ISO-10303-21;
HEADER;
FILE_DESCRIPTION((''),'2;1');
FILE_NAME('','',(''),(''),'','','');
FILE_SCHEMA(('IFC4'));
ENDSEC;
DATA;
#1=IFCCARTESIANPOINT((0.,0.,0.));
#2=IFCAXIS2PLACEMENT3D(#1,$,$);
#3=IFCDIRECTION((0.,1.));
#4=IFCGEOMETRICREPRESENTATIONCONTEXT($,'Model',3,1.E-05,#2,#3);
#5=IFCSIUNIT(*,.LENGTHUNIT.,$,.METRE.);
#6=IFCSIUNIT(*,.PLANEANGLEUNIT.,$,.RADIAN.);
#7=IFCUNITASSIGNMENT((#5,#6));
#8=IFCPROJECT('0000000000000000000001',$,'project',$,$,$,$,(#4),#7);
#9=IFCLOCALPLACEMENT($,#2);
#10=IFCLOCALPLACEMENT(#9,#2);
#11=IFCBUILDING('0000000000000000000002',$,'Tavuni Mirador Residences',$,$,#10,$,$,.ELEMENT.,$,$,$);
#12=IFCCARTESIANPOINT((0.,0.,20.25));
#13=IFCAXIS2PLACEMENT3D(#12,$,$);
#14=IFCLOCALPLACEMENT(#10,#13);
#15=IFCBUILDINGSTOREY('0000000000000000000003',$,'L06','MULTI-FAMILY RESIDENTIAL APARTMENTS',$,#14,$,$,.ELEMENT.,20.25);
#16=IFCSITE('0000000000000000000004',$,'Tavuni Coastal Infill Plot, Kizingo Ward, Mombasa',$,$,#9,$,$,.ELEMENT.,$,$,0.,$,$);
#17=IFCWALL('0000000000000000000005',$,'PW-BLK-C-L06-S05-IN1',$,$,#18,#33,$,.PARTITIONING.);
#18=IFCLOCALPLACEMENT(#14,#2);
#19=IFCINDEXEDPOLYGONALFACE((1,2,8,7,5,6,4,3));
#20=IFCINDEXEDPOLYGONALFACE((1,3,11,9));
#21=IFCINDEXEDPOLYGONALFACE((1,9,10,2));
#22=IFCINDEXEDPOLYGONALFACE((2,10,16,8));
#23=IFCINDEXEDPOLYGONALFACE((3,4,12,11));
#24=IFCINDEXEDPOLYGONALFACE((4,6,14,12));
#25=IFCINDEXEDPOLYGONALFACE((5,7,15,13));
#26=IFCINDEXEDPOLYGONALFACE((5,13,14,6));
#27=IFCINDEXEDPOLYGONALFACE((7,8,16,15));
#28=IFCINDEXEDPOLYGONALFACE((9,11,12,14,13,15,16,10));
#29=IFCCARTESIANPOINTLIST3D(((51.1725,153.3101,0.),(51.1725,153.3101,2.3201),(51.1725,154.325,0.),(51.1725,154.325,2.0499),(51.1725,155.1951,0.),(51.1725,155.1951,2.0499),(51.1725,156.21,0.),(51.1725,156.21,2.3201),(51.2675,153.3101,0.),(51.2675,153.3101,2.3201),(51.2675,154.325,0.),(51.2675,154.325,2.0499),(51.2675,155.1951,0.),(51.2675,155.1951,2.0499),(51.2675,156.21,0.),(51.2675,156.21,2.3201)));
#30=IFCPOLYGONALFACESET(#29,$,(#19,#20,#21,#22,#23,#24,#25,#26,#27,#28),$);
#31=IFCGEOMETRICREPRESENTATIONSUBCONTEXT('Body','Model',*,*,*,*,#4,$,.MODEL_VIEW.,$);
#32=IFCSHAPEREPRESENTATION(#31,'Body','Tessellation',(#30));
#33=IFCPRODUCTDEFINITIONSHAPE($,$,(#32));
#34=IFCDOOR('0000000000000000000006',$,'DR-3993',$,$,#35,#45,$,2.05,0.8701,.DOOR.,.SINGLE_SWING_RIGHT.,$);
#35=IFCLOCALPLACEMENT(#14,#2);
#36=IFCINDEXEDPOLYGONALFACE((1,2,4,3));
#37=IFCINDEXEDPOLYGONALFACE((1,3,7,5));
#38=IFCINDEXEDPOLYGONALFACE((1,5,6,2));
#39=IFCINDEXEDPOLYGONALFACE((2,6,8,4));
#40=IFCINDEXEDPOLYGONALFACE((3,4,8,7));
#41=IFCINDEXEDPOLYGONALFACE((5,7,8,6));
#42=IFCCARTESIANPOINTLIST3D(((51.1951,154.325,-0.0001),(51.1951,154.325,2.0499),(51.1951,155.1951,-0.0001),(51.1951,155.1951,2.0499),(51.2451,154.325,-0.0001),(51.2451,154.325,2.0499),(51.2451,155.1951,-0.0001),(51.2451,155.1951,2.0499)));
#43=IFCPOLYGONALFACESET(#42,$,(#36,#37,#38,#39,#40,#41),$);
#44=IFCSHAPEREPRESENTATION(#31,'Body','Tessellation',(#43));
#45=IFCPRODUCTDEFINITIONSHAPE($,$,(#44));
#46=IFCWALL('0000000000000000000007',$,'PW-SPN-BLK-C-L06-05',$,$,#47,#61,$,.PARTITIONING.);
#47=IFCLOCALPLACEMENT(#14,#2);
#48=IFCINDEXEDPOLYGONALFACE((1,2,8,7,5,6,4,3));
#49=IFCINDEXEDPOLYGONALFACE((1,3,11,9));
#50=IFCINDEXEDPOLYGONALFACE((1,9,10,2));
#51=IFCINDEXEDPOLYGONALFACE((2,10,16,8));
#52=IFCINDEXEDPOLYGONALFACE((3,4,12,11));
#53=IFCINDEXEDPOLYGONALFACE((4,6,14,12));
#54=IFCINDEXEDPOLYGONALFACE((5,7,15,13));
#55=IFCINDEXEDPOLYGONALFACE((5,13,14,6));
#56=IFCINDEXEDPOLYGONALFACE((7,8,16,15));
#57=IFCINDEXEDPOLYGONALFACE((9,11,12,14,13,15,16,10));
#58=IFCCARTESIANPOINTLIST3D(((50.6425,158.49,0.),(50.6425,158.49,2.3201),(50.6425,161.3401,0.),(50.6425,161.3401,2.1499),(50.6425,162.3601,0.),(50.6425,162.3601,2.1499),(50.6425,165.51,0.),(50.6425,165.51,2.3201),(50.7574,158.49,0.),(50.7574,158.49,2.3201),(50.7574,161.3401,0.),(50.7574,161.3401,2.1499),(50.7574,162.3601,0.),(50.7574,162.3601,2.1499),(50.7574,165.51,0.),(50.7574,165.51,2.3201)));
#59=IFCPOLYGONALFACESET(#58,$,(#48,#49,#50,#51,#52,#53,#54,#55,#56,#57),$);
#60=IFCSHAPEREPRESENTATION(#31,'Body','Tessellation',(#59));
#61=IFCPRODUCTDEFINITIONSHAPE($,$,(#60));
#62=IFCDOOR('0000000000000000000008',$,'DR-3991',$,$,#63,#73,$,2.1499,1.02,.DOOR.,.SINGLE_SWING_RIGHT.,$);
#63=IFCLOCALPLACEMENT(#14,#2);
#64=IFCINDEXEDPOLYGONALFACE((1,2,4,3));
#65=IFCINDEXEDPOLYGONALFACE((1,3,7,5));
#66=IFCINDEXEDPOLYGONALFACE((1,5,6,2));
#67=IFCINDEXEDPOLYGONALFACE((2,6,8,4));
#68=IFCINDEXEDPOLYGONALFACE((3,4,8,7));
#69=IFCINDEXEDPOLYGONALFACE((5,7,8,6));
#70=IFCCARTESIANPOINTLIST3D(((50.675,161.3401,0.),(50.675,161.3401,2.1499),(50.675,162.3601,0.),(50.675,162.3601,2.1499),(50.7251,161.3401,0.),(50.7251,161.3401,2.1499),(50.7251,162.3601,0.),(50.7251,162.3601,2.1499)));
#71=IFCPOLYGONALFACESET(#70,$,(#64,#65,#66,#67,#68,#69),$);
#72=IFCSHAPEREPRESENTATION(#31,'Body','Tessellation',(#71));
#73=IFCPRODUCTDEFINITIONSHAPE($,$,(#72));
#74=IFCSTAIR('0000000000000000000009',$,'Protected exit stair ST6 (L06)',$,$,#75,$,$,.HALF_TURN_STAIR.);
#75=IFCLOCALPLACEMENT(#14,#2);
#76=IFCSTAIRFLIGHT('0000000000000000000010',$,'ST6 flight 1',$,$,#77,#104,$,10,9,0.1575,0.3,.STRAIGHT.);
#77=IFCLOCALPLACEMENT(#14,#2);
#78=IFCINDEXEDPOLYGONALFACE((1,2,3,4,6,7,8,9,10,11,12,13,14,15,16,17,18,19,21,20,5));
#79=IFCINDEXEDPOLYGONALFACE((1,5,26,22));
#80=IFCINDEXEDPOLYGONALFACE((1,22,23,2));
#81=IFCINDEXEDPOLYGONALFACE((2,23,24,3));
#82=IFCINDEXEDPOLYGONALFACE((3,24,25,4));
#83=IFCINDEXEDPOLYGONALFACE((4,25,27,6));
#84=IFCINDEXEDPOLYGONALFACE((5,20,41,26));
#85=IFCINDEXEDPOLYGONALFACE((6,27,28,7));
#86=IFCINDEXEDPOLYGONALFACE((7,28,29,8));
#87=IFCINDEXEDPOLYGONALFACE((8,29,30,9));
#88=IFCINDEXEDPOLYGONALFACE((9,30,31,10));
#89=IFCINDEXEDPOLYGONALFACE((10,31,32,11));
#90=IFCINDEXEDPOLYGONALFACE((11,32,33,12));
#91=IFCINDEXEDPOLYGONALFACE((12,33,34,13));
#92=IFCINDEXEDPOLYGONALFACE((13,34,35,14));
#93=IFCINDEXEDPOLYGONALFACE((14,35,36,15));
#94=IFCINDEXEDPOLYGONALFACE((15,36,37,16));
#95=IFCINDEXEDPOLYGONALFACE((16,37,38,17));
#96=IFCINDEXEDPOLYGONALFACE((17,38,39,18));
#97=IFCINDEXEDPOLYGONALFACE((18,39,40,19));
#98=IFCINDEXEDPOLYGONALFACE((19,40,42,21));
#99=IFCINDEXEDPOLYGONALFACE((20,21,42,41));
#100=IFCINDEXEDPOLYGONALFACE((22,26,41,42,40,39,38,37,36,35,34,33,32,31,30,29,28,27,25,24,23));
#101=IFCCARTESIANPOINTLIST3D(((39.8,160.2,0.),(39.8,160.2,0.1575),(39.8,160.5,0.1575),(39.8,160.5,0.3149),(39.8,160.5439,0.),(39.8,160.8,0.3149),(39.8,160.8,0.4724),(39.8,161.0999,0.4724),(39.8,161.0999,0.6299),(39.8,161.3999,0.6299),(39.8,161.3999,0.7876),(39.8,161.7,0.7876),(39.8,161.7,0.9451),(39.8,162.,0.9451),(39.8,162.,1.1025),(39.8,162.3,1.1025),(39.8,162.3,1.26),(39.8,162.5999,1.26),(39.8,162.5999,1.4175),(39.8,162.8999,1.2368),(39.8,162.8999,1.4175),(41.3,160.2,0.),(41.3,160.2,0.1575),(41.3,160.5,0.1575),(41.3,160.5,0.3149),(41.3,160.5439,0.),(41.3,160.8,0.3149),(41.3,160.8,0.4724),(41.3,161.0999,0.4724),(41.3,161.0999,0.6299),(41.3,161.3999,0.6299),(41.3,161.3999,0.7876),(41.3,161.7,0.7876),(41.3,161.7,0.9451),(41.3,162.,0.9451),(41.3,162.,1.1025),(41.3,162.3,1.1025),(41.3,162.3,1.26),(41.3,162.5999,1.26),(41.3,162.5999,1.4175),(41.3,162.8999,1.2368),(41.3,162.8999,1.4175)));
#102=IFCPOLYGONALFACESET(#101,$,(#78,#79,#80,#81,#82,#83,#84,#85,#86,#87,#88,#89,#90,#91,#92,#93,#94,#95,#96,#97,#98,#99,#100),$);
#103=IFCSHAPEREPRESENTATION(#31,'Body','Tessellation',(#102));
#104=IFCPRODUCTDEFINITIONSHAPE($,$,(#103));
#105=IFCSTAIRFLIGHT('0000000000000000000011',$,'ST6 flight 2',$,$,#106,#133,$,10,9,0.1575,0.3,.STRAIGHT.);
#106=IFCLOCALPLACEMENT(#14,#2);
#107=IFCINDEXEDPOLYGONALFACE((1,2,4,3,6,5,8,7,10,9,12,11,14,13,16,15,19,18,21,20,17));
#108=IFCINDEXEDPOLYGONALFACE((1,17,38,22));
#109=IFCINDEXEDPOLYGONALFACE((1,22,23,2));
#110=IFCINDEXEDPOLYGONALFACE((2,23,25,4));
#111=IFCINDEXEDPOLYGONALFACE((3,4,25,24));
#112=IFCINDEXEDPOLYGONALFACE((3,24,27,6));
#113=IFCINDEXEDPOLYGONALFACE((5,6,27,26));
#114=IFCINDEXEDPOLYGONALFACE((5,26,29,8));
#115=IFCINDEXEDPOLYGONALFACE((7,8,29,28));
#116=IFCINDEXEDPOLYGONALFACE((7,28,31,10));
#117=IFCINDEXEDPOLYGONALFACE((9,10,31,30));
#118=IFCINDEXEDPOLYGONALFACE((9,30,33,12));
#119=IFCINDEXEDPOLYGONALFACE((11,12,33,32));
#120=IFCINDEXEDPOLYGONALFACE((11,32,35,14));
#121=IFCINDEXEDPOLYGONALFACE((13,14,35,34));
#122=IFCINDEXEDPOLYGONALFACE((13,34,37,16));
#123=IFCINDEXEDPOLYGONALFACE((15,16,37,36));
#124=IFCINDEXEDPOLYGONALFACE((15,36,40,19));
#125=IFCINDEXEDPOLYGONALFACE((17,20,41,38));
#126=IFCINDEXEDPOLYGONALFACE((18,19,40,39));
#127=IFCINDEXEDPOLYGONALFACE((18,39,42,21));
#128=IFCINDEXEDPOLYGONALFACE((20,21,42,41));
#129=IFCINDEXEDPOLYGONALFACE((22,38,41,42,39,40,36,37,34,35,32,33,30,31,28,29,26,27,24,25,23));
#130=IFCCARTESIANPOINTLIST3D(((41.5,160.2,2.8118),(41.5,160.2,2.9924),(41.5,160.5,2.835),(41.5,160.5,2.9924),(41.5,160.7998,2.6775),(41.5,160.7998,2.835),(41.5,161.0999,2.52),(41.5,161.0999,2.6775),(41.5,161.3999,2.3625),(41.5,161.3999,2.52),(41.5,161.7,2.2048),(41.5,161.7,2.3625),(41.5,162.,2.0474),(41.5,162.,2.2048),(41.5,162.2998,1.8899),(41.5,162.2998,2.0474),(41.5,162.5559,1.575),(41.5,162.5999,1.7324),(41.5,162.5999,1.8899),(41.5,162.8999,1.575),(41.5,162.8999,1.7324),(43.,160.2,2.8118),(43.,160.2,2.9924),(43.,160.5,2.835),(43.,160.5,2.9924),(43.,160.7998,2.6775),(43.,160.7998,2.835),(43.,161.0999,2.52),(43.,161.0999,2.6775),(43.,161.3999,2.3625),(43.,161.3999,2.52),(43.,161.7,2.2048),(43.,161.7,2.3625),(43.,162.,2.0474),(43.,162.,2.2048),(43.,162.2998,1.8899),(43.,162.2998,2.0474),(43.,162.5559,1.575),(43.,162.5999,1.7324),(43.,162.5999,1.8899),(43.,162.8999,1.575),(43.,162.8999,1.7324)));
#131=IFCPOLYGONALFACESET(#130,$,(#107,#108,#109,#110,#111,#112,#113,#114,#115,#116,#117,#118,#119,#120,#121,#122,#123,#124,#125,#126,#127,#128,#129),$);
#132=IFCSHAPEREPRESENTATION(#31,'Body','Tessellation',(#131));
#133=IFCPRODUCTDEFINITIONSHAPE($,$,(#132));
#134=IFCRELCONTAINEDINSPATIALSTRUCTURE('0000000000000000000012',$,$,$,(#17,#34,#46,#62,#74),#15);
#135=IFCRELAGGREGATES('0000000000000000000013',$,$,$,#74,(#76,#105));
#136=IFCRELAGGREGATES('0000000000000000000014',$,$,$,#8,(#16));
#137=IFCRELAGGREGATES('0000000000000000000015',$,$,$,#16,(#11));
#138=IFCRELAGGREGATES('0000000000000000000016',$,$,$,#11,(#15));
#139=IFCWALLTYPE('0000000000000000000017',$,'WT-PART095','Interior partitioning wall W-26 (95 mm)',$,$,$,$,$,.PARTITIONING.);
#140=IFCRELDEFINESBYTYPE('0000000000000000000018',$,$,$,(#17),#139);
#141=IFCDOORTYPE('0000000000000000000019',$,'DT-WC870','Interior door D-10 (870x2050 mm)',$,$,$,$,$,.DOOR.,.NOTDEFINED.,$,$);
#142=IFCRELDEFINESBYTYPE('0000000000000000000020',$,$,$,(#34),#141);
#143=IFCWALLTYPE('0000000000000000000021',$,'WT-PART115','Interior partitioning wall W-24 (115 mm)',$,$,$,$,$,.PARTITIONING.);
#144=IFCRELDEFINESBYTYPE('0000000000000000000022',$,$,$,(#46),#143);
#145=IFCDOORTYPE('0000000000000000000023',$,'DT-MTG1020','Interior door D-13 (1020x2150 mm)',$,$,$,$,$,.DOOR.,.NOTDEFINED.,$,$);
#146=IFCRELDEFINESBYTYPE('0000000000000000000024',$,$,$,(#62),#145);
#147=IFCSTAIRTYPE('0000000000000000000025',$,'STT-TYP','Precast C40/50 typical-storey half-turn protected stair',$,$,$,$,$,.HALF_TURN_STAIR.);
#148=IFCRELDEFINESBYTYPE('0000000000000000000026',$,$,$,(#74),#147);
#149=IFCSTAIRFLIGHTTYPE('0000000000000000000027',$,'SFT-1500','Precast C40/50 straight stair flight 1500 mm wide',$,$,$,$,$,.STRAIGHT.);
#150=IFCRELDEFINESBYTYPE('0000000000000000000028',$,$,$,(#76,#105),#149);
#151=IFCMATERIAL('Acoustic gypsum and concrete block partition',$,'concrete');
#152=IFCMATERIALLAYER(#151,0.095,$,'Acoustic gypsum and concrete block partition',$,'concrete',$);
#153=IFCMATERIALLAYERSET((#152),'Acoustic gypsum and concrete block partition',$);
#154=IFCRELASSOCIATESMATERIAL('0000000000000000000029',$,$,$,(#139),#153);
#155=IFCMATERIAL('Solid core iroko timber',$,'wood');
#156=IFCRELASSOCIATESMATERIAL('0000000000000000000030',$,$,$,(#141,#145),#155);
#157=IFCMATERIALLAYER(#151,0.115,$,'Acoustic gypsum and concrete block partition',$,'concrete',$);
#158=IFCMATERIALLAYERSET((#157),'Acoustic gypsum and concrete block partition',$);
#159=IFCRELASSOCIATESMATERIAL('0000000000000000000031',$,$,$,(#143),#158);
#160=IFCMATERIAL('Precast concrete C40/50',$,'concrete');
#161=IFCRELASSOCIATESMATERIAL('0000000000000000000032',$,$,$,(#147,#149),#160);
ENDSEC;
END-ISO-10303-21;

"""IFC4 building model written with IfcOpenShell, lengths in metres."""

from ifc_helpers import new_model, si_unit, direction, frame, frame_2d, origin, place, context, subcontext, project, spatial, polyline, rectangle, outline, extrude, material, layer, layer_set, type_object, element, fill, aggregate, save


model = new_model("IFC4")

# Units and contexts
model_context = context("Model", 3, precision=1e-05, world=origin(), true_north=direction((0.0, 1.0)))
body_context = subcontext(model_context, "Body", "Model", "MODEL_VIEW")
ifc_project = project(units=[si_unit("LENGTHUNIT", "METRE"), si_unit("PLANEANGLEUNIT", "RADIAN")], contexts=[model_context])

# Site, building, storey
site_placement = place(None, origin())
site = spatial("IfcSite", under=ifc_project, at=site_placement, Name="Tavuni Coastal Infill Plot, Kizingo Ward, Mombasa", CompositionType="ELEMENT", RefElevation=0.0)
building_placement = place(site_placement, origin())
building = spatial("IfcBuilding", under=site, at=building_placement, Name="Tavuni Mirador Residences", CompositionType="ELEMENT")
storey_placement = place(building_placement, frame((0.0, 0.0, 20.25)))
storey = spatial("IfcBuildingStorey", under=building, at=storey_placement, Name="L06", Description="MULTI-FAMILY RESIDENTIAL APARTMENTS", CompositionType="ELEMENT", Elevation=20.25)

# Shared definitions
ifc_material_1 = material(Name="Precast concrete C40/50", Category="concrete")

# Shared definitions
ifc_material_2 = material(Name="Solid core iroko timber", Category="wood")

# Walls, openings, doors
ifc_material_3 = material(Name="Acoustic gypsum and concrete block partition", Category="concrete")
ifc_layer_1 = layer(ifc_material_3, 0.095, Name="Acoustic gypsum and concrete block partition", Category="concrete")
ifc_layer_set_1 = layer_set([ifc_layer_1], Name="Acoustic gypsum and concrete block partition")
wall_type_1 = type_object("IfcWallType", Name="WT-PART095", Description="Interior partitioning wall W-26 (95 mm)", PredefinedType="PARTITIONING", material=ifc_layer_set_1)
wall_1_placement = place(storey_placement, frame((51.22, 153.3101, 0.0), z_axis=(0.0, 0.0, 1.0), x_axis=(0.0, 1.0, 0.0)))
wall_1 = element("IfcWall", 1, at=wall_1_placement, inside=storey, type_object=wall_type_1, Name="PW-BLK-C-L06-S05-IN1", PredefinedType="PARTITIONING", context=body_context, shape_type="SweptSolid", body=[
    extrude(rectangle(XDim=2.8999, YDim=0.095, at=frame_2d((1.45, 0.0))), origin(), (0.0, 0.0, 1.0), 2.3201),
])
opening_1_placement = place(wall_1_placement, frame((1.0149, 0.0, 0.0)))
opening_1 = element("IfcOpeningElement", 2, at=opening_1_placement, cuts=wall_1, PredefinedType="OPENING", context=body_context, shape_type="SweptSolid", body=[
    extrude(rectangle(XDim=0.8701, YDim=2.05, at=frame_2d((0.4351, 1.0249))), frame((0.0, 0.0576, 0.0), z_axis=(0.0, -1.0, 0.0), x_axis=(1.0, 0.0, 0.0)), (0.0, 0.0, 1.0), 0.115),
])
door_type_1 = type_object("IfcDoorType", Name="DT-WC870", Description="Interior door D-10 (870x2050 mm)", OperationType="NOTDEFINED", PredefinedType="DOOR", material=ifc_material_2)
door_1_placement = place(opening_1_placement, origin())
door_1 = element("IfcDoor", 3, at=door_1_placement, inside=storey, type_object=door_type_1, Name="DR-3993", OperationType="SINGLE_SWING_RIGHT", OverallHeight=2.05, OverallWidth=0.8701, PredefinedType="DOOR", context=body_context, shape_type="SweptSolid", body=[
    extrude(rectangle(XDim=0.8701, YDim=2.05, at=frame_2d((0.4351, 1.0249))), frame((0.0, 0.0249, 0.0), z_axis=(0.0, -1.0, 0.0), x_axis=(1.0, 0.0, 0.0)), (0.0, 0.0, 1.0), 0.05),
])
fill(opening_1, door_1)
ifc_layer_2 = layer(ifc_material_3, 0.115, Name="Acoustic gypsum and concrete block partition", Category="concrete")
ifc_layer_set_2 = layer_set([ifc_layer_2], Name="Acoustic gypsum and concrete block partition")
wall_type_2 = type_object("IfcWallType", Name="WT-PART115", Description="Interior partitioning wall W-24 (115 mm)", PredefinedType="PARTITIONING", material=ifc_layer_set_2)
wall_2_placement = place(storey_placement, frame((50.7, 158.49, 0.0), z_axis=(0.0, 0.0, 1.0), x_axis=(0.0, 1.0, 0.0)))
wall_2 = element("IfcWall", 4, at=wall_2_placement, inside=storey, type_object=wall_type_2, Name="PW-SPN-BLK-C-L06-05", PredefinedType="PARTITIONING", context=body_context, shape_type="SweptSolid", body=[
    extrude(rectangle(XDim=7.02, YDim=0.115, at=frame_2d((3.51, 0.0))), origin(), (0.0, 0.0, 1.0), 2.3201),
])
opening_2_placement = place(wall_2_placement, frame((2.8501, 0.0, 0.0)))
opening_2 = element("IfcOpeningElement", 5, at=opening_2_placement, cuts=wall_2, PredefinedType="OPENING", context=body_context, shape_type="SweptSolid", body=[
    extrude(rectangle(XDim=1.02, YDim=2.1499, at=frame_2d((0.51, 1.075))), frame((0.0, 0.0674, 0.0), z_axis=(0.0, -1.0, 0.0), x_axis=(1.0, 0.0, 0.0)), (0.0, 0.0, 1.0), 0.135),
])
door_type_2 = type_object("IfcDoorType", Name="DT-MTG1020", Description="Interior door D-13 (1020x2150 mm)", OperationType="NOTDEFINED", PredefinedType="DOOR", material=ifc_material_2)
door_2_placement = place(opening_2_placement, origin())
door_2 = element("IfcDoor", 6, at=door_2_placement, inside=storey, type_object=door_type_2, Name="DR-3991", OperationType="SINGLE_SWING_RIGHT", OverallHeight=2.1499, OverallWidth=1.02, PredefinedType="DOOR", context=body_context, shape_type="SweptSolid", body=[
    extrude(rectangle(XDim=1.02, YDim=2.1499, at=frame_2d((0.51, 1.075))), frame((0.0, 0.0249, 0.0), z_axis=(0.0, -1.0, 0.0), x_axis=(1.0, 0.0, 0.0)), (0.0, 0.0, 1.0), 0.05),
])
fill(opening_2, door_2)

# Stair, stair flights
stair_type = type_object("IfcStairType", Name="STT-TYP", Description="Precast C40/50 typical-storey half-turn protected stair", PredefinedType="HALF_TURN_STAIR", material=ifc_material_1)
stair_placement = place(storey_placement, origin())
stair = element("IfcStair", 7, at=stair_placement, inside=storey, type_object=stair_type, Name="Protected exit stair ST6 (L06)", PredefinedType="HALF_TURN_STAIR")
stair_flight_type = type_object("IfcStairFlightType", Name="SFT-1500", Description="Precast C40/50 straight stair flight 1500 mm wide", PredefinedType="STRAIGHT", material=ifc_material_1)
stair_flight_1_placement = place(storey_placement, frame((40.55, 160.2, 0.0), z_axis=(0.0, 0.0, 1.0), x_axis=(0.0, 1.0, 0.0)))
stair_flight_1 = element("IfcStairFlight", 8, at=stair_flight_1_placement, type_object=stair_flight_type, Name="ST6 flight 1", NumberOfRisers=10, NumberOfTreads=9, PredefinedType="STRAIGHT", RiserHeight=0.1575, TreadLength=0.3, context=body_context, shape_type="SweptSolid", body=[
    extrude(outline(polyline([(0.0, 0.0), (0.0, 0.1575), (0.3, 0.1575), (0.3, 0.3149), (0.6001, 0.3149), (0.6001, 0.4724), (0.8999, 0.4724), (0.8999, 0.6299), (1.2, 0.6299), (1.2, 0.7876), (1.5, 0.7876), (1.5, 0.9451), (1.8, 0.9451), (1.8, 1.1025), (2.1001, 1.1025), (2.1001, 1.26), (2.3999, 1.26), (2.3999, 1.4175), (2.7, 1.4175), (2.7, 1.575), (2.7, 1.2368), (0.344, 0.0), (0.0, 0.0)])), frame((0.0, 0.75, 0.0), z_axis=(0.0, -1.0, 0.0), x_axis=(1.0, 0.0, 0.0)), (0.0, 0.0, 1.0), 1.5),
])
stair_flight_2_placement = place(storey_placement, frame((42.25, 162.8999, 1.575), z_axis=(0.0, 0.0, 1.0), x_axis=(0.0, -1.0, 0.0)))
stair_flight_2 = element("IfcStairFlight", 9, at=stair_flight_2_placement, type_object=stair_flight_type, Name="ST6 flight 2", NumberOfRisers=10, NumberOfTreads=9, PredefinedType="STRAIGHT", RiserHeight=0.1575, TreadLength=0.3, context=body_context, shape_type="SweptSolid", body=[
    extrude(outline(polyline([(0.0, 0.0), (0.0, 0.1575), (0.3, 0.1575), (0.3, 0.3149), (0.6001, 0.3149), (0.6001, 0.4724), (0.8999, 0.4724), (0.8999, 0.6299), (1.2, 0.6299), (1.2, 0.7876), (1.5, 0.7876), (1.5, 0.9451), (1.8, 0.9451), (1.8, 1.1025), (2.1001, 1.1025), (2.1001, 1.26), (2.3999, 1.26), (2.3999, 1.4175), (2.7, 1.4175), (2.7, 1.575), (2.7, 1.2368), (0.344, 0.0), (0.0, 0.0)])), frame((0.0, 0.75, 0.0), z_axis=(0.0, -1.0, 0.0), x_axis=(1.0, 0.0, 0.0)), (0.0, 0.0, 1.0), 1.5),
])
aggregate(stair, [stair_flight_1, stair_flight_2])

save(model, "model.ifc")
